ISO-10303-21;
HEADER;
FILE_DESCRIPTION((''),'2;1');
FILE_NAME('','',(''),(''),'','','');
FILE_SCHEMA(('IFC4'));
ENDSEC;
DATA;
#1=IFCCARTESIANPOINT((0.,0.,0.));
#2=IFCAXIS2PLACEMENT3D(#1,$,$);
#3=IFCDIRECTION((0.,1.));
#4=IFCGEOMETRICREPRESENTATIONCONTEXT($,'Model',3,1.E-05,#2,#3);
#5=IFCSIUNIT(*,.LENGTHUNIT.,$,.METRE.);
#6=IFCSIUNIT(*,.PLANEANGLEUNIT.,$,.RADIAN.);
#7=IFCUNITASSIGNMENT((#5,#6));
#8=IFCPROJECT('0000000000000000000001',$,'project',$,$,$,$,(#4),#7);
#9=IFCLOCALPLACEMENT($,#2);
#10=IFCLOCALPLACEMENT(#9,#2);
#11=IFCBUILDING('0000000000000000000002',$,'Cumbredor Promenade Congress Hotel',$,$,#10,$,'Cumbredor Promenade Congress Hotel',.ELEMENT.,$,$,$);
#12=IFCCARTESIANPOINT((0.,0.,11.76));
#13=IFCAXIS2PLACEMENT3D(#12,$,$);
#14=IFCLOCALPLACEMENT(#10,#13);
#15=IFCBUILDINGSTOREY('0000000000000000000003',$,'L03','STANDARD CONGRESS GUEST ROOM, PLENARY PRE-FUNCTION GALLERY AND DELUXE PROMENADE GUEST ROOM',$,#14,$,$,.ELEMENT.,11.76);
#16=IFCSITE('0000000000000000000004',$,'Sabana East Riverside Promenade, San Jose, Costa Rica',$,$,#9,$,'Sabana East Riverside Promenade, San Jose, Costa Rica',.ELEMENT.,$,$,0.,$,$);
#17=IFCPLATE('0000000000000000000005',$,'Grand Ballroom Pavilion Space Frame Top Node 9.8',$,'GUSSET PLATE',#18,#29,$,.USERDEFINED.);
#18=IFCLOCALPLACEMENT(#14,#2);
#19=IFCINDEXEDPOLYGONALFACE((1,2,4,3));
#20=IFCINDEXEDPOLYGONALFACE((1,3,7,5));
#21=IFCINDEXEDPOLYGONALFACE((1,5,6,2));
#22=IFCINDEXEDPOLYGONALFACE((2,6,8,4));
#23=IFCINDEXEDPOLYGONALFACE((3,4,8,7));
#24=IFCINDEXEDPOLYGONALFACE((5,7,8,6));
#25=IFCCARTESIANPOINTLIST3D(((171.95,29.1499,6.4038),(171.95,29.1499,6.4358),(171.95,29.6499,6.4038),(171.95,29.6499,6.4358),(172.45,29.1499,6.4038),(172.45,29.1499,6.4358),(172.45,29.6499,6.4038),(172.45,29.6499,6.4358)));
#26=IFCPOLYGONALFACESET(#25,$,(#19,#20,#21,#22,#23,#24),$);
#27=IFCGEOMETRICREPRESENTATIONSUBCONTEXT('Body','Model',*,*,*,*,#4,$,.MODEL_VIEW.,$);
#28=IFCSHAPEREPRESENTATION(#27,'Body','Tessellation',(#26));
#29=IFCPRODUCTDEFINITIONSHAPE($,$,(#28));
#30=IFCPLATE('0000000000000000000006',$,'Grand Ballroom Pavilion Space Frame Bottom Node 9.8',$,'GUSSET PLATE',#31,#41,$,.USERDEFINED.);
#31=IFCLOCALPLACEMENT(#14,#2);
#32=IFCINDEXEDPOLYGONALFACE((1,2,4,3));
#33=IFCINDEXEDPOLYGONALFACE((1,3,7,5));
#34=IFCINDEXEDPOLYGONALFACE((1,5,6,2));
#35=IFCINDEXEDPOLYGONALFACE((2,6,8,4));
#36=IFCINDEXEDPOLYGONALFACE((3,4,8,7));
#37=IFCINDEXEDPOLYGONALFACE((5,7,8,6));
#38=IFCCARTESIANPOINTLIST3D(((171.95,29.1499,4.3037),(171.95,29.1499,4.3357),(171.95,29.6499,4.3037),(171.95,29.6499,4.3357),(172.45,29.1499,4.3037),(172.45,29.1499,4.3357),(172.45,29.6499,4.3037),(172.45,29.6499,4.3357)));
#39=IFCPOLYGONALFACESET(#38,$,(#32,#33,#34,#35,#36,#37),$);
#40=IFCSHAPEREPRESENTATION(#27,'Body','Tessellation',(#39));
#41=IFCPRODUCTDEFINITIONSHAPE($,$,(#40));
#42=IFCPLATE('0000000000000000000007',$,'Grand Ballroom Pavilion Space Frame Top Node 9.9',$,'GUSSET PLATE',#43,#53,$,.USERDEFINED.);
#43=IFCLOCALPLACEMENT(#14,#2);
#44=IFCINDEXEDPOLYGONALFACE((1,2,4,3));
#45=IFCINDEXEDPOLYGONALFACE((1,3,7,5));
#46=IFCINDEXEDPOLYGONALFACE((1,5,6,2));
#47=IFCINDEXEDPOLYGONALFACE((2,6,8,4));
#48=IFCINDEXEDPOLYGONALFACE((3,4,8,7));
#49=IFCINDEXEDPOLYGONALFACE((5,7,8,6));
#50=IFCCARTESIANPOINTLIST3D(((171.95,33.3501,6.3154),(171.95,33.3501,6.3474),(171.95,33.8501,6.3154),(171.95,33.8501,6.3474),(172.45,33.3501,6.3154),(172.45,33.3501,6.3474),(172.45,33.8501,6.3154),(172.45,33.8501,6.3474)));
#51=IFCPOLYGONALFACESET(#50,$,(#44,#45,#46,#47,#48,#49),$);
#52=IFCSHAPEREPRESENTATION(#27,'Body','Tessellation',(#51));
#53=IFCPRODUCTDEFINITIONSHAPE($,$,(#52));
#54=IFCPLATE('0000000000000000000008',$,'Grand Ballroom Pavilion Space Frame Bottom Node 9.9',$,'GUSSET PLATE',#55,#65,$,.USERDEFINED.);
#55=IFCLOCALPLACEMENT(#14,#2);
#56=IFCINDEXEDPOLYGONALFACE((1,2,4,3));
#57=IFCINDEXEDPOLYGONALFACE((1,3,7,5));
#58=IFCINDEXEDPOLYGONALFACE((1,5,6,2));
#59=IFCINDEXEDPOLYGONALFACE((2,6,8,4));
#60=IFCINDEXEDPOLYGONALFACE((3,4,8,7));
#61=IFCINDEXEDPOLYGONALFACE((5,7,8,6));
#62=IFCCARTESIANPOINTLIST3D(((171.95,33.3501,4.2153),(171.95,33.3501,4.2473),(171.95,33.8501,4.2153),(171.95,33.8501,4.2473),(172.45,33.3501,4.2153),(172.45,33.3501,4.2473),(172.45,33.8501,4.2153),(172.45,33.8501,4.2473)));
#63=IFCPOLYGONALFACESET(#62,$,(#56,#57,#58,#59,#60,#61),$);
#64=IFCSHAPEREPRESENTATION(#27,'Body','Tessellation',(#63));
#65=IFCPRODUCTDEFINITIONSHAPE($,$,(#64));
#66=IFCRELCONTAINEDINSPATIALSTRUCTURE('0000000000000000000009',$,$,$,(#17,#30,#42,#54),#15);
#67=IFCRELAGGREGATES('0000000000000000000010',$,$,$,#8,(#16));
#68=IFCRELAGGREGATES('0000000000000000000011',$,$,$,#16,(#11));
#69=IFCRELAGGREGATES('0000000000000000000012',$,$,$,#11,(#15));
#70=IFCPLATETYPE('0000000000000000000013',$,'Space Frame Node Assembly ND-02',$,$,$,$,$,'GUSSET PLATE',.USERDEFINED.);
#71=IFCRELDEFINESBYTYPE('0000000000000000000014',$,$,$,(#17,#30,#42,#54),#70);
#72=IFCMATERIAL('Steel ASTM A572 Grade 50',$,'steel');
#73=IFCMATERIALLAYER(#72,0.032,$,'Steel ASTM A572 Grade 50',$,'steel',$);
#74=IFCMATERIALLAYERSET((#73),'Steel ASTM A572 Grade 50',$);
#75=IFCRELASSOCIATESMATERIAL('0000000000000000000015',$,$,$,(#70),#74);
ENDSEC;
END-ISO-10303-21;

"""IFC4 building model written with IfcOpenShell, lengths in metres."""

from ifc_helpers import new_model, si_unit, direction, frame, origin, origin_2d, place, context, subcontext, project, spatial, rectangle, extrude, material, layer, layer_set, type_object, element, save


model = new_model("IFC4")

# Units and contexts
model_context = context("Model", 3, precision=1e-05, world=origin(), true_north=direction((0.0, 1.0)))
body_context = subcontext(model_context, "Body", "Model", "MODEL_VIEW")
ifc_project = project(units=[si_unit("LENGTHUNIT", "METRE"), si_unit("PLANEANGLEUNIT", "RADIAN")], contexts=[model_context])

# Site, building, storey
site_placement = place(None, origin())
site = spatial("IfcSite", under=ifc_project, at=site_placement, Name="Sabana East Riverside Promenade, San Jose, Costa Rica", LongName="Sabana East Riverside Promenade, San Jose, Costa Rica", CompositionType="ELEMENT", RefElevation=0.0)
building_placement = place(site_placement, origin())
building = spatial("IfcBuilding", under=site, at=building_placement, Name="Cumbredor Promenade Congress Hotel", LongName="Cumbredor Promenade Congress Hotel", CompositionType="ELEMENT")
storey_placement = place(building_placement, frame((0.0, 0.0, 11.76)))
storey = spatial("IfcBuildingStorey", under=building, at=storey_placement, Name="L03", Description="STANDARD CONGRESS GUEST ROOM, PLENARY PRE-FUNCTION GALLERY AND DELUXE PROMENADE GUEST ROOM", CompositionType="ELEMENT", Elevation=11.76)

# Plates
ifc_material_1 = material(Name="Steel ASTM A572 Grade 50", Category="steel")
ifc_layer = layer(ifc_material_1, 0.032, Name="Steel ASTM A572 Grade 50", Category="steel")
ifc_layer_set = layer_set([ifc_layer], Name="Steel ASTM A572 Grade 50")
plate_type = type_object("IfcPlateType", Name="Space Frame Node Assembly ND-02", ElementType="GUSSET PLATE", PredefinedType="USERDEFINED", material=ifc_layer_set)
for number, where, z_axis, x_axis, name in (
    (1, (172.2, 29.3999, 6.4038), (0.0, 0.0, 1.0), (1.0, 0.0, 0.0), "Grand Ballroom Pavilion Space Frame Top Node 9.8"),
    (2, (172.2, 29.3999, 4.3037), (0.0, 0.0, 1.0), (1.0, 0.0, 0.0), "Grand Ballroom Pavilion Space Frame Bottom Node 9.8"),
    (3, (172.2, 33.6001, 6.3154), (0.0, 0.0, 1.0), (1.0, 0.0, 0.0), "Grand Ballroom Pavilion Space Frame Top Node 9.9"),
    (4, (172.2, 33.6001, 4.2153), (0.0, 0.0, 1.0), (1.0, 0.0, 0.0), "Grand Ballroom Pavilion Space Frame Bottom Node 9.9"),
):
    element("IfcPlate", number, at=place(storey_placement, frame(where, z_axis=z_axis, x_axis=x_axis)), inside=storey, type_object=plate_type, Name=name, ObjectType="GUSSET PLATE", PredefinedType="USERDEFINED", context=body_context, shape_type="SweptSolid", body=[
        extrude(rectangle(XDim=0.5, YDim=0.5, at=origin_2d()), origin(), (0.0, 0.0, 1.0), 0.032),
    ])

save(model, "model.ifc")
